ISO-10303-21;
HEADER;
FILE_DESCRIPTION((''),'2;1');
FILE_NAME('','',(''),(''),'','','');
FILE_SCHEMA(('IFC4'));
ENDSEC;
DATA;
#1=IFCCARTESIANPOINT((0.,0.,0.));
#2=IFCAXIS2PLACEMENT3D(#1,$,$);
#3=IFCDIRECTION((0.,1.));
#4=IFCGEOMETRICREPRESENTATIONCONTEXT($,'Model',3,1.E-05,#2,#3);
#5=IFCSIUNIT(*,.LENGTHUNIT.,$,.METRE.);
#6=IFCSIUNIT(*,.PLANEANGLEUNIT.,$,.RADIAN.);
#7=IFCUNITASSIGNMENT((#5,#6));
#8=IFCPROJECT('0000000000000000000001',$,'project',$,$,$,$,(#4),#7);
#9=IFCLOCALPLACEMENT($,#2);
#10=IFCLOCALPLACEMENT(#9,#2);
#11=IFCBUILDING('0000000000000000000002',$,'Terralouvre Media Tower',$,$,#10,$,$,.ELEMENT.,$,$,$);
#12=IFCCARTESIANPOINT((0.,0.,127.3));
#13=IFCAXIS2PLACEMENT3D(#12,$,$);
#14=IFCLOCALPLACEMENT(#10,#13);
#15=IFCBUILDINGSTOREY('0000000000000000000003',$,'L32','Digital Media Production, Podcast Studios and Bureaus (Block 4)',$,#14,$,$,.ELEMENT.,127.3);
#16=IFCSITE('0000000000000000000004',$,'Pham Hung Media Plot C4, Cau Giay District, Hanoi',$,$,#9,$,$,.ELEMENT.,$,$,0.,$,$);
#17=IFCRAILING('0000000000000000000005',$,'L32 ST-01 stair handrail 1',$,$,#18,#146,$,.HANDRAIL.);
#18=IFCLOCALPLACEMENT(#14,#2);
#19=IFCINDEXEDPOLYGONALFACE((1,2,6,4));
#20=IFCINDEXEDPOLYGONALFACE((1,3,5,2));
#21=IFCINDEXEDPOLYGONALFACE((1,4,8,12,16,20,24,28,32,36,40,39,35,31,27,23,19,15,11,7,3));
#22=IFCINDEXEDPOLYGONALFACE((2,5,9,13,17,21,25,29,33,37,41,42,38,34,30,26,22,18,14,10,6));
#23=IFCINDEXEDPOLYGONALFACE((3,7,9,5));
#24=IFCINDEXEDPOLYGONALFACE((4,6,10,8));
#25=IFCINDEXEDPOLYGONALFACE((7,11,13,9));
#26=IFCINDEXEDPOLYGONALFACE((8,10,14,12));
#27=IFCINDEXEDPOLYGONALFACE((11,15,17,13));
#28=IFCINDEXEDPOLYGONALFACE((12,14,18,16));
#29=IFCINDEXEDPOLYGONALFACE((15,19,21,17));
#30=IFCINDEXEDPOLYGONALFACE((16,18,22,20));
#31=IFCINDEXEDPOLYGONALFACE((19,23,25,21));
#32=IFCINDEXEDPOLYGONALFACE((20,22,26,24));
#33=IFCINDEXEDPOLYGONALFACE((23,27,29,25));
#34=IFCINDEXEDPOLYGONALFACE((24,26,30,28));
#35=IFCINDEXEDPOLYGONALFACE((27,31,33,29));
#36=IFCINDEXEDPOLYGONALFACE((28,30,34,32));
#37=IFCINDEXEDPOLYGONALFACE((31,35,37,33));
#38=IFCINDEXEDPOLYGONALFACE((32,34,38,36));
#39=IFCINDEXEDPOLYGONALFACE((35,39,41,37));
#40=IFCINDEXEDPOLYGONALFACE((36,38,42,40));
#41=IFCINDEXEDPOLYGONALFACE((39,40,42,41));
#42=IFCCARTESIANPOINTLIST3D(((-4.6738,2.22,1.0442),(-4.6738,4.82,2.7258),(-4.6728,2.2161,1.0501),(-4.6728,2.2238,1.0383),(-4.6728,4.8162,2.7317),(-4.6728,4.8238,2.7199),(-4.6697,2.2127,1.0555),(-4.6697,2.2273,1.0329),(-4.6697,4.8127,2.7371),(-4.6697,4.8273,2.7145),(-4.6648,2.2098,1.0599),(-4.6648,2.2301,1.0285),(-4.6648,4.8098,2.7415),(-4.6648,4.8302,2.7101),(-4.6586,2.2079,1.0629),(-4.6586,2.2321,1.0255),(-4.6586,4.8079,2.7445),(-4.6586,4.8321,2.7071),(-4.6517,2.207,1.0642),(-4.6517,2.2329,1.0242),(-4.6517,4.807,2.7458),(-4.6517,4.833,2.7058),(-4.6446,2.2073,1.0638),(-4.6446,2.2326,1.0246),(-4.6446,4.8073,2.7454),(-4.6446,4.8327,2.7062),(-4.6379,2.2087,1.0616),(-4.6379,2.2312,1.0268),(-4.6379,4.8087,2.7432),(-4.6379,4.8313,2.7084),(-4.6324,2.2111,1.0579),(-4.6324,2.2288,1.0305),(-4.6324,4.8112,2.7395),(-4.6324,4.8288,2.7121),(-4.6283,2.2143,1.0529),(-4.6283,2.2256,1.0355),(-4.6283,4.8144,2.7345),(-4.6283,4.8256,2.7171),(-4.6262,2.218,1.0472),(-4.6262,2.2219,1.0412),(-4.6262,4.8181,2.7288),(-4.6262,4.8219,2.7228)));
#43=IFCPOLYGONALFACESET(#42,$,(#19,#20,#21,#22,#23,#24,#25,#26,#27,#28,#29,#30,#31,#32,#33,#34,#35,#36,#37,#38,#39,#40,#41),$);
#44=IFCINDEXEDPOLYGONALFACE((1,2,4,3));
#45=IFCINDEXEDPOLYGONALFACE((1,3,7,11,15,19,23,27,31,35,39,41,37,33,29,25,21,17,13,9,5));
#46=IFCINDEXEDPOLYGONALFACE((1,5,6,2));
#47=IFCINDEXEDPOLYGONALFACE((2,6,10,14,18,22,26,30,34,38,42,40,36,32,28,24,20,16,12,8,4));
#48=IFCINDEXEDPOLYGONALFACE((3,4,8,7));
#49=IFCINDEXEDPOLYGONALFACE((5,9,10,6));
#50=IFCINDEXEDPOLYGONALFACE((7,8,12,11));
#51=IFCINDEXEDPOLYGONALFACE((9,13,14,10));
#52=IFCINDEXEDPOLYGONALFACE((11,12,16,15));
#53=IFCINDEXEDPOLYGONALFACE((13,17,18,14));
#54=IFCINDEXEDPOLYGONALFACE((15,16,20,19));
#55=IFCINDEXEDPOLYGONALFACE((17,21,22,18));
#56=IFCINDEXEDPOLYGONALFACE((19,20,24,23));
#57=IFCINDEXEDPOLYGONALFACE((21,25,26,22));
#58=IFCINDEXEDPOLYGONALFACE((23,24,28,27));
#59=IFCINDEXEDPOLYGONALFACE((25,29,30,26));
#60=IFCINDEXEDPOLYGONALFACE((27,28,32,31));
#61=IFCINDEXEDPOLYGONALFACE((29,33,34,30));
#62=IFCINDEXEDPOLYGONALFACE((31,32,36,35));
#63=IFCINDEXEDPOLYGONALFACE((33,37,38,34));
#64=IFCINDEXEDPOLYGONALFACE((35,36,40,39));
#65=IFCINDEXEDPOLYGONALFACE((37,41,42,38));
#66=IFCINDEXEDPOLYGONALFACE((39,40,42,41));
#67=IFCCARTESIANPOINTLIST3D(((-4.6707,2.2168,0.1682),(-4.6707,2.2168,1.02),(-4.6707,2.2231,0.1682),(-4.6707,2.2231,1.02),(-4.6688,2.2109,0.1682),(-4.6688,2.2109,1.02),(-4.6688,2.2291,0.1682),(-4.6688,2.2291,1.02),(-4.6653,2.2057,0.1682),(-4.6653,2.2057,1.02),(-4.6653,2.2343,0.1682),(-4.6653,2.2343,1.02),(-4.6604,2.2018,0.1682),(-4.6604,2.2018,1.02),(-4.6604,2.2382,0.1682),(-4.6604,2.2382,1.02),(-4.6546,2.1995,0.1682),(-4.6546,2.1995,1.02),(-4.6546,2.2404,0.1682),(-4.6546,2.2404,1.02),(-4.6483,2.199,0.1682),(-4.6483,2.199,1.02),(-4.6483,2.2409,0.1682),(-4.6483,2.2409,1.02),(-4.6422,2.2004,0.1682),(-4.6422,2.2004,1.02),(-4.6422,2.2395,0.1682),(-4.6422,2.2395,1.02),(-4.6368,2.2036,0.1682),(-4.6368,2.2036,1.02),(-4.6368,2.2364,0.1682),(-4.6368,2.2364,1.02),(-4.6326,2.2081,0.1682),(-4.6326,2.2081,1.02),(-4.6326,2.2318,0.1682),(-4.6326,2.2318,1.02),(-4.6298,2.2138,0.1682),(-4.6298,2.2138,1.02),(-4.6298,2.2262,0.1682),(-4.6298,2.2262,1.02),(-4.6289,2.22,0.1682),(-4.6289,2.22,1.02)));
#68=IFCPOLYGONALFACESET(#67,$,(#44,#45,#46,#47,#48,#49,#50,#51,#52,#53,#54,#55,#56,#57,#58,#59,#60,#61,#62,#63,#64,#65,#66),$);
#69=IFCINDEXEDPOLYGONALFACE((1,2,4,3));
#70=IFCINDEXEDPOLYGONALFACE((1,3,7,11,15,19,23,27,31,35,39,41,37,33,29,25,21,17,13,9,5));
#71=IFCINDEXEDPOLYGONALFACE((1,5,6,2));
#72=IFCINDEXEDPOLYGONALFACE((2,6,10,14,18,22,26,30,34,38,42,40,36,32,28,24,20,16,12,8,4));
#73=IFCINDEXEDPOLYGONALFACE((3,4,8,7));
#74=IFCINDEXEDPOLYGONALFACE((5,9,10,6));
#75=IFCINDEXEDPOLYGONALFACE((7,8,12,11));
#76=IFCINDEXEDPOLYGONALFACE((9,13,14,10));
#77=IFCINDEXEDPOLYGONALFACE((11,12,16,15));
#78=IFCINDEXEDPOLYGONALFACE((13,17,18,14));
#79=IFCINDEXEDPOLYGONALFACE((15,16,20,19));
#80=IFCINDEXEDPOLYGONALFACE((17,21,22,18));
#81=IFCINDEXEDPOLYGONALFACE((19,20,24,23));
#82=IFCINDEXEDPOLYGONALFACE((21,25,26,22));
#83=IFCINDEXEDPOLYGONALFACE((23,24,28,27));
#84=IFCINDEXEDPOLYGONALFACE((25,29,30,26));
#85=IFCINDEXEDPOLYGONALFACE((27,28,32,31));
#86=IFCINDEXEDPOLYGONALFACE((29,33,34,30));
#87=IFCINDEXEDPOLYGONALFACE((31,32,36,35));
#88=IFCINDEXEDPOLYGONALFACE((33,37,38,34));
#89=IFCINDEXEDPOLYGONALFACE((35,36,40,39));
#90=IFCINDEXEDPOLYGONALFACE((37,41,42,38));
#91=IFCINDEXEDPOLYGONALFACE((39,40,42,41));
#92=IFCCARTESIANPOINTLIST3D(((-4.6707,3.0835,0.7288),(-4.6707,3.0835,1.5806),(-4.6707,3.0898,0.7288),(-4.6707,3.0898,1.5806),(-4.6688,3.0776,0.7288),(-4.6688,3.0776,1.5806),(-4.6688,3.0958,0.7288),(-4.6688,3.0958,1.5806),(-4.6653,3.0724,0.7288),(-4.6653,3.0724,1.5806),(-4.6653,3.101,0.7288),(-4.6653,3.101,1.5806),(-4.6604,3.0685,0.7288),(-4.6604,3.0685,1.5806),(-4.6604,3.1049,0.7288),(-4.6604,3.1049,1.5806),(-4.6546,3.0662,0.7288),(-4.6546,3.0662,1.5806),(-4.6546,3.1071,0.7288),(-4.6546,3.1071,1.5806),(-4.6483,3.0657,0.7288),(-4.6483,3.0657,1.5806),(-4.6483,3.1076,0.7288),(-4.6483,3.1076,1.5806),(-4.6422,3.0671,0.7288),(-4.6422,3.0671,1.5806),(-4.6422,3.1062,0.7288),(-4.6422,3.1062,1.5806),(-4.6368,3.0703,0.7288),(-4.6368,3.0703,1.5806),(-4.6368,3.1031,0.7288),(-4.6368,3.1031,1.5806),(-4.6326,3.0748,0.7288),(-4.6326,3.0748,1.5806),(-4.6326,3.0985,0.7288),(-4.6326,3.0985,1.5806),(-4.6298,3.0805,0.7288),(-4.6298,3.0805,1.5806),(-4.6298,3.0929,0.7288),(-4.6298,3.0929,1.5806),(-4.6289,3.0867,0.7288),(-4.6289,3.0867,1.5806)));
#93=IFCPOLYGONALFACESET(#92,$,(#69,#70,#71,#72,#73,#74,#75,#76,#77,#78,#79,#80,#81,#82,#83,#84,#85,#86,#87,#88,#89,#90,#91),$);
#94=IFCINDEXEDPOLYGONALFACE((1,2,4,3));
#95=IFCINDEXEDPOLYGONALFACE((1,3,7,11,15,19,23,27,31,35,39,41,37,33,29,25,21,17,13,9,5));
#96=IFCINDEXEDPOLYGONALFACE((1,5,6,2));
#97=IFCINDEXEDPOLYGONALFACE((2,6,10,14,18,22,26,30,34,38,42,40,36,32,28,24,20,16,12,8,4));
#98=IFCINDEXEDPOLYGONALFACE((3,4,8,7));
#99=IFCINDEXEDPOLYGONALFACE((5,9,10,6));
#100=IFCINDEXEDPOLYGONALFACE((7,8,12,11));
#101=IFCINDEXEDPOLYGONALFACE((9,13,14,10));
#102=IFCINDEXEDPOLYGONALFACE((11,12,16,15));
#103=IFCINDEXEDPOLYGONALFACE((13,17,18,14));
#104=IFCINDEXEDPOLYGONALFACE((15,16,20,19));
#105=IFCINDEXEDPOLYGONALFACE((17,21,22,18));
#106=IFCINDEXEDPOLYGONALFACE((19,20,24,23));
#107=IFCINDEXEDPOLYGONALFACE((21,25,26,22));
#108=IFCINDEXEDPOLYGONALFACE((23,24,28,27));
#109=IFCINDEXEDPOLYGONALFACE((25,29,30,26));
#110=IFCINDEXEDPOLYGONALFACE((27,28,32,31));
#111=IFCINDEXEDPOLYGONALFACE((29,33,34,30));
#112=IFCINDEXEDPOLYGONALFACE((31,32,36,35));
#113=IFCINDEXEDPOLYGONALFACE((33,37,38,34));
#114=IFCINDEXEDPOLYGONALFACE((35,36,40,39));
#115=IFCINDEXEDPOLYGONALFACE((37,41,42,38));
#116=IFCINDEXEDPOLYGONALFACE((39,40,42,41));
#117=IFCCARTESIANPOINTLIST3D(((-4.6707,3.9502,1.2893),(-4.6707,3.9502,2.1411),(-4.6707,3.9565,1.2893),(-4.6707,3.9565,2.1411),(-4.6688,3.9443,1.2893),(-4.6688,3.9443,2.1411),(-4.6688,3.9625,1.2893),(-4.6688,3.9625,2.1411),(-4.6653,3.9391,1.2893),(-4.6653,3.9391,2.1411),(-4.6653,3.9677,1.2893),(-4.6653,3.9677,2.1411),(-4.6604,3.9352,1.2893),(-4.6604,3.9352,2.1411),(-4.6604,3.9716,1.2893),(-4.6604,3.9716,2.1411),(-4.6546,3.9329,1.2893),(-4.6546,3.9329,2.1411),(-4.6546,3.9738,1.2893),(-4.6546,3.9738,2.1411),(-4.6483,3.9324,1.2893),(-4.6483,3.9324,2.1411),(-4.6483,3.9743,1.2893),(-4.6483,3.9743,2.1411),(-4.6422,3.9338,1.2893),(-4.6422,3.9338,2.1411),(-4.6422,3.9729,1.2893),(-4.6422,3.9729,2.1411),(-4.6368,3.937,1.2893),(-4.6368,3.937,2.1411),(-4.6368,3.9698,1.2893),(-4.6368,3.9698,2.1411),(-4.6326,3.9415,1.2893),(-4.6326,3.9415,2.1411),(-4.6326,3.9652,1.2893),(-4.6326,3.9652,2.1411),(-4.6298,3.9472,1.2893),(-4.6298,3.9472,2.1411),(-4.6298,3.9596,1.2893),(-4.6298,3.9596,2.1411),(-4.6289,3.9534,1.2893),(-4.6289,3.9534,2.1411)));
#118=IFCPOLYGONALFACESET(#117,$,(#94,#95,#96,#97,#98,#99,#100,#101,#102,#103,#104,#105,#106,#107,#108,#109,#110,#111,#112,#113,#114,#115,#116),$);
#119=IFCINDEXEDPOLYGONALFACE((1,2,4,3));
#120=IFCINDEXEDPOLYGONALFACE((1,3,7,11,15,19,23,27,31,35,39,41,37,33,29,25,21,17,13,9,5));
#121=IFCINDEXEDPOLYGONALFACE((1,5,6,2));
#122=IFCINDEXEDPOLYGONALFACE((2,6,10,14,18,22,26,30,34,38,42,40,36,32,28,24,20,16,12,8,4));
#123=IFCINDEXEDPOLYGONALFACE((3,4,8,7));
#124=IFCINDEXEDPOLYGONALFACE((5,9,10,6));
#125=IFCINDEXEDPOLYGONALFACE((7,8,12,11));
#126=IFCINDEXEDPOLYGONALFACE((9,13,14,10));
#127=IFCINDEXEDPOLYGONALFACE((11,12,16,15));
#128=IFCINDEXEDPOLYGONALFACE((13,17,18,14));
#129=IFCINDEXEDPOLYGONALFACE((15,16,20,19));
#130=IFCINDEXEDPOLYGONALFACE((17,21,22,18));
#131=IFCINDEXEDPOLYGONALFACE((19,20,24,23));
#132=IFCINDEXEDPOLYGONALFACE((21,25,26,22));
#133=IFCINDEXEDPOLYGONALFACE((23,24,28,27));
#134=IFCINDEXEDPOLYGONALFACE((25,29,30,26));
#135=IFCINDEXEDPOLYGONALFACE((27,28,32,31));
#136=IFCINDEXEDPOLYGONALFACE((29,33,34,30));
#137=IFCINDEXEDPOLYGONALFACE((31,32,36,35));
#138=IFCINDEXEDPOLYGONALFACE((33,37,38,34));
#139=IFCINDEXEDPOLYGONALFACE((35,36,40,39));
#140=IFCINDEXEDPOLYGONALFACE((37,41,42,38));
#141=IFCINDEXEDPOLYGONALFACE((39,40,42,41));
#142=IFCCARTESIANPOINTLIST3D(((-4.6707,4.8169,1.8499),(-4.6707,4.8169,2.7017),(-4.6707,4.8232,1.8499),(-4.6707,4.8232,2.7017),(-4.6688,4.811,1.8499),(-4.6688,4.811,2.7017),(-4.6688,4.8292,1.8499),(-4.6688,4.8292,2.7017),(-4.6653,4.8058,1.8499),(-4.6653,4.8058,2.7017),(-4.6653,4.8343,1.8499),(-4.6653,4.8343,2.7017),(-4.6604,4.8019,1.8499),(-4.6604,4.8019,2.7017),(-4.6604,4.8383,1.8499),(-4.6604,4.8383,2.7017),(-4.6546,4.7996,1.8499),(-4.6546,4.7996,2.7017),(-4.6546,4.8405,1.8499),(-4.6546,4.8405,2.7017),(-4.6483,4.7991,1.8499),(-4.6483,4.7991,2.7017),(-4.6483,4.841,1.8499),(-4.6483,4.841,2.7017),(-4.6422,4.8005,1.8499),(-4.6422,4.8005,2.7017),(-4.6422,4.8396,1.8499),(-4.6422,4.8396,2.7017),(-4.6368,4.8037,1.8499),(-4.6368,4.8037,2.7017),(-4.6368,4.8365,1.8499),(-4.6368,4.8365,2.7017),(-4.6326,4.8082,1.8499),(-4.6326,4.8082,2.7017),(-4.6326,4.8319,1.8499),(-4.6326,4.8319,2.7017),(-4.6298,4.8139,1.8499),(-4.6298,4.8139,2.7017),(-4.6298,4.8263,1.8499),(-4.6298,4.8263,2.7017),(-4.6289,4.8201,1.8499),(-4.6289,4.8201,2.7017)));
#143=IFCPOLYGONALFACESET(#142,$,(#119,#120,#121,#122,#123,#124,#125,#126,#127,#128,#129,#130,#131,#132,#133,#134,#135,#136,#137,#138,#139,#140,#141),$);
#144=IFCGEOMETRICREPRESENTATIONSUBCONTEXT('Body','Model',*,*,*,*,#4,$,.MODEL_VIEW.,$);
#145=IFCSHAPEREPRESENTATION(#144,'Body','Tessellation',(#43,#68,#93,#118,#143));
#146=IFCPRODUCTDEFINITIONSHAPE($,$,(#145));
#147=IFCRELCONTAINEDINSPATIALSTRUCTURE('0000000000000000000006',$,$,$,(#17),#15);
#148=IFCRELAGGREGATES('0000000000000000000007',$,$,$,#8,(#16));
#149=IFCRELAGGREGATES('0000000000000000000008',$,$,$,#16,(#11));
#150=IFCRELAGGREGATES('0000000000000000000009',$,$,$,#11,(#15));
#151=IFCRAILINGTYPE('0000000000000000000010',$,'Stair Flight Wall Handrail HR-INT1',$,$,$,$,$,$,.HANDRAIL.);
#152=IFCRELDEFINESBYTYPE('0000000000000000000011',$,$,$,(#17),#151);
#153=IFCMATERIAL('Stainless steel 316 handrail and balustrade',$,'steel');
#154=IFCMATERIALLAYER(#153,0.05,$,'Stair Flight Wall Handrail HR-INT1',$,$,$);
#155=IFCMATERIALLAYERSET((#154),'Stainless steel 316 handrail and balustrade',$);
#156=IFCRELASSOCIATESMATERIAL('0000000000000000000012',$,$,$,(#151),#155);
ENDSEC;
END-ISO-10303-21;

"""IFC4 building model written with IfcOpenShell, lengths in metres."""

from ifc_helpers import new_model, si_unit, direction, frame, origin, origin_2d, place, context, subcontext, project, spatial, circle, extrude, material, layer, layer_set, type_object, element, save


model = new_model("IFC4")

# Units and contexts
model_context = context("Model", 3, precision=1e-05, world=origin(), true_north=direction((0.0, 1.0)))
body_context = subcontext(model_context, "Body", "Model", "MODEL_VIEW")
ifc_project = project(units=[si_unit("LENGTHUNIT", "METRE"), si_unit("PLANEANGLEUNIT", "RADIAN")], contexts=[model_context])

# Site, building, storey
site_placement = place(None, origin())
site = spatial("IfcSite", under=ifc_project, at=site_placement, Name="Pham Hung Media Plot C4, Cau Giay District, Hanoi", CompositionType="ELEMENT", RefElevation=0.0)
building_placement = place(site_placement, origin())
building = spatial("IfcBuilding", under=site, at=building_placement, Name="Terralouvre Media Tower", CompositionType="ELEMENT")
storey_placement = place(building_placement, frame((0.0, 0.0, 127.3)))
storey = spatial("IfcBuildingStorey", under=building, at=storey_placement, Name="L32", Description="Digital Media Production, Podcast Studios and Bureaus (Block 4)", CompositionType="ELEMENT", Elevation=127.3)

# Railing
ifc_material_1 = material(Name="Stainless steel 316 handrail and balustrade", Category="steel")
ifc_layer_1 = layer(ifc_material_1, 0.05, Name="Stair Flight Wall Handrail HR-INT1")
ifc_layer_set_1 = layer_set([ifc_layer_1], Name="Stainless steel 316 handrail and balustrade")
railing_type_1 = type_object("IfcRailingType", Name="Stair Flight Wall Handrail HR-INT1", PredefinedType="HANDRAIL", material=ifc_layer_set_1)
railing_1_placement = place(storey_placement, frame((-4.6499, 2.22, 0.1682)))
element("IfcRailing", 1, at=railing_1_placement, inside=storey, type_object=railing_type_1, Name="L32 ST-01 stair handrail 1", PredefinedType="HANDRAIL", context=body_context, shape_type="SweptSolid", body=[
    extrude(circle(Radius=0.0239, at=origin_2d()), frame((0.0, 0.0, 0.876), z_axis=(0.0, 0.839684, 0.543075), x_axis=(-1.0, 0.0, 0.0)), (0.0, 0.0, 1.0), 3.0964),
    extrude(circle(Radius=0.021, at=origin_2d()), origin(), (0.0, 0.0, 1.0), 0.8518),
    extrude(circle(Radius=0.021, at=origin_2d()), frame((0.0, 0.8667, 0.5605)), (0.0, 0.0, 1.0), 0.8518),
    extrude(circle(Radius=0.021, at=origin_2d()), frame((0.0, 1.7334, 1.1211)), (0.0, 0.0, 1.0), 0.8518),
    extrude(circle(Radius=0.021, at=origin_2d()), frame((0.0, 2.6001, 1.6816)), (0.0, 0.0, 1.0), 0.8518),
])

save(model, "model.ifc")
